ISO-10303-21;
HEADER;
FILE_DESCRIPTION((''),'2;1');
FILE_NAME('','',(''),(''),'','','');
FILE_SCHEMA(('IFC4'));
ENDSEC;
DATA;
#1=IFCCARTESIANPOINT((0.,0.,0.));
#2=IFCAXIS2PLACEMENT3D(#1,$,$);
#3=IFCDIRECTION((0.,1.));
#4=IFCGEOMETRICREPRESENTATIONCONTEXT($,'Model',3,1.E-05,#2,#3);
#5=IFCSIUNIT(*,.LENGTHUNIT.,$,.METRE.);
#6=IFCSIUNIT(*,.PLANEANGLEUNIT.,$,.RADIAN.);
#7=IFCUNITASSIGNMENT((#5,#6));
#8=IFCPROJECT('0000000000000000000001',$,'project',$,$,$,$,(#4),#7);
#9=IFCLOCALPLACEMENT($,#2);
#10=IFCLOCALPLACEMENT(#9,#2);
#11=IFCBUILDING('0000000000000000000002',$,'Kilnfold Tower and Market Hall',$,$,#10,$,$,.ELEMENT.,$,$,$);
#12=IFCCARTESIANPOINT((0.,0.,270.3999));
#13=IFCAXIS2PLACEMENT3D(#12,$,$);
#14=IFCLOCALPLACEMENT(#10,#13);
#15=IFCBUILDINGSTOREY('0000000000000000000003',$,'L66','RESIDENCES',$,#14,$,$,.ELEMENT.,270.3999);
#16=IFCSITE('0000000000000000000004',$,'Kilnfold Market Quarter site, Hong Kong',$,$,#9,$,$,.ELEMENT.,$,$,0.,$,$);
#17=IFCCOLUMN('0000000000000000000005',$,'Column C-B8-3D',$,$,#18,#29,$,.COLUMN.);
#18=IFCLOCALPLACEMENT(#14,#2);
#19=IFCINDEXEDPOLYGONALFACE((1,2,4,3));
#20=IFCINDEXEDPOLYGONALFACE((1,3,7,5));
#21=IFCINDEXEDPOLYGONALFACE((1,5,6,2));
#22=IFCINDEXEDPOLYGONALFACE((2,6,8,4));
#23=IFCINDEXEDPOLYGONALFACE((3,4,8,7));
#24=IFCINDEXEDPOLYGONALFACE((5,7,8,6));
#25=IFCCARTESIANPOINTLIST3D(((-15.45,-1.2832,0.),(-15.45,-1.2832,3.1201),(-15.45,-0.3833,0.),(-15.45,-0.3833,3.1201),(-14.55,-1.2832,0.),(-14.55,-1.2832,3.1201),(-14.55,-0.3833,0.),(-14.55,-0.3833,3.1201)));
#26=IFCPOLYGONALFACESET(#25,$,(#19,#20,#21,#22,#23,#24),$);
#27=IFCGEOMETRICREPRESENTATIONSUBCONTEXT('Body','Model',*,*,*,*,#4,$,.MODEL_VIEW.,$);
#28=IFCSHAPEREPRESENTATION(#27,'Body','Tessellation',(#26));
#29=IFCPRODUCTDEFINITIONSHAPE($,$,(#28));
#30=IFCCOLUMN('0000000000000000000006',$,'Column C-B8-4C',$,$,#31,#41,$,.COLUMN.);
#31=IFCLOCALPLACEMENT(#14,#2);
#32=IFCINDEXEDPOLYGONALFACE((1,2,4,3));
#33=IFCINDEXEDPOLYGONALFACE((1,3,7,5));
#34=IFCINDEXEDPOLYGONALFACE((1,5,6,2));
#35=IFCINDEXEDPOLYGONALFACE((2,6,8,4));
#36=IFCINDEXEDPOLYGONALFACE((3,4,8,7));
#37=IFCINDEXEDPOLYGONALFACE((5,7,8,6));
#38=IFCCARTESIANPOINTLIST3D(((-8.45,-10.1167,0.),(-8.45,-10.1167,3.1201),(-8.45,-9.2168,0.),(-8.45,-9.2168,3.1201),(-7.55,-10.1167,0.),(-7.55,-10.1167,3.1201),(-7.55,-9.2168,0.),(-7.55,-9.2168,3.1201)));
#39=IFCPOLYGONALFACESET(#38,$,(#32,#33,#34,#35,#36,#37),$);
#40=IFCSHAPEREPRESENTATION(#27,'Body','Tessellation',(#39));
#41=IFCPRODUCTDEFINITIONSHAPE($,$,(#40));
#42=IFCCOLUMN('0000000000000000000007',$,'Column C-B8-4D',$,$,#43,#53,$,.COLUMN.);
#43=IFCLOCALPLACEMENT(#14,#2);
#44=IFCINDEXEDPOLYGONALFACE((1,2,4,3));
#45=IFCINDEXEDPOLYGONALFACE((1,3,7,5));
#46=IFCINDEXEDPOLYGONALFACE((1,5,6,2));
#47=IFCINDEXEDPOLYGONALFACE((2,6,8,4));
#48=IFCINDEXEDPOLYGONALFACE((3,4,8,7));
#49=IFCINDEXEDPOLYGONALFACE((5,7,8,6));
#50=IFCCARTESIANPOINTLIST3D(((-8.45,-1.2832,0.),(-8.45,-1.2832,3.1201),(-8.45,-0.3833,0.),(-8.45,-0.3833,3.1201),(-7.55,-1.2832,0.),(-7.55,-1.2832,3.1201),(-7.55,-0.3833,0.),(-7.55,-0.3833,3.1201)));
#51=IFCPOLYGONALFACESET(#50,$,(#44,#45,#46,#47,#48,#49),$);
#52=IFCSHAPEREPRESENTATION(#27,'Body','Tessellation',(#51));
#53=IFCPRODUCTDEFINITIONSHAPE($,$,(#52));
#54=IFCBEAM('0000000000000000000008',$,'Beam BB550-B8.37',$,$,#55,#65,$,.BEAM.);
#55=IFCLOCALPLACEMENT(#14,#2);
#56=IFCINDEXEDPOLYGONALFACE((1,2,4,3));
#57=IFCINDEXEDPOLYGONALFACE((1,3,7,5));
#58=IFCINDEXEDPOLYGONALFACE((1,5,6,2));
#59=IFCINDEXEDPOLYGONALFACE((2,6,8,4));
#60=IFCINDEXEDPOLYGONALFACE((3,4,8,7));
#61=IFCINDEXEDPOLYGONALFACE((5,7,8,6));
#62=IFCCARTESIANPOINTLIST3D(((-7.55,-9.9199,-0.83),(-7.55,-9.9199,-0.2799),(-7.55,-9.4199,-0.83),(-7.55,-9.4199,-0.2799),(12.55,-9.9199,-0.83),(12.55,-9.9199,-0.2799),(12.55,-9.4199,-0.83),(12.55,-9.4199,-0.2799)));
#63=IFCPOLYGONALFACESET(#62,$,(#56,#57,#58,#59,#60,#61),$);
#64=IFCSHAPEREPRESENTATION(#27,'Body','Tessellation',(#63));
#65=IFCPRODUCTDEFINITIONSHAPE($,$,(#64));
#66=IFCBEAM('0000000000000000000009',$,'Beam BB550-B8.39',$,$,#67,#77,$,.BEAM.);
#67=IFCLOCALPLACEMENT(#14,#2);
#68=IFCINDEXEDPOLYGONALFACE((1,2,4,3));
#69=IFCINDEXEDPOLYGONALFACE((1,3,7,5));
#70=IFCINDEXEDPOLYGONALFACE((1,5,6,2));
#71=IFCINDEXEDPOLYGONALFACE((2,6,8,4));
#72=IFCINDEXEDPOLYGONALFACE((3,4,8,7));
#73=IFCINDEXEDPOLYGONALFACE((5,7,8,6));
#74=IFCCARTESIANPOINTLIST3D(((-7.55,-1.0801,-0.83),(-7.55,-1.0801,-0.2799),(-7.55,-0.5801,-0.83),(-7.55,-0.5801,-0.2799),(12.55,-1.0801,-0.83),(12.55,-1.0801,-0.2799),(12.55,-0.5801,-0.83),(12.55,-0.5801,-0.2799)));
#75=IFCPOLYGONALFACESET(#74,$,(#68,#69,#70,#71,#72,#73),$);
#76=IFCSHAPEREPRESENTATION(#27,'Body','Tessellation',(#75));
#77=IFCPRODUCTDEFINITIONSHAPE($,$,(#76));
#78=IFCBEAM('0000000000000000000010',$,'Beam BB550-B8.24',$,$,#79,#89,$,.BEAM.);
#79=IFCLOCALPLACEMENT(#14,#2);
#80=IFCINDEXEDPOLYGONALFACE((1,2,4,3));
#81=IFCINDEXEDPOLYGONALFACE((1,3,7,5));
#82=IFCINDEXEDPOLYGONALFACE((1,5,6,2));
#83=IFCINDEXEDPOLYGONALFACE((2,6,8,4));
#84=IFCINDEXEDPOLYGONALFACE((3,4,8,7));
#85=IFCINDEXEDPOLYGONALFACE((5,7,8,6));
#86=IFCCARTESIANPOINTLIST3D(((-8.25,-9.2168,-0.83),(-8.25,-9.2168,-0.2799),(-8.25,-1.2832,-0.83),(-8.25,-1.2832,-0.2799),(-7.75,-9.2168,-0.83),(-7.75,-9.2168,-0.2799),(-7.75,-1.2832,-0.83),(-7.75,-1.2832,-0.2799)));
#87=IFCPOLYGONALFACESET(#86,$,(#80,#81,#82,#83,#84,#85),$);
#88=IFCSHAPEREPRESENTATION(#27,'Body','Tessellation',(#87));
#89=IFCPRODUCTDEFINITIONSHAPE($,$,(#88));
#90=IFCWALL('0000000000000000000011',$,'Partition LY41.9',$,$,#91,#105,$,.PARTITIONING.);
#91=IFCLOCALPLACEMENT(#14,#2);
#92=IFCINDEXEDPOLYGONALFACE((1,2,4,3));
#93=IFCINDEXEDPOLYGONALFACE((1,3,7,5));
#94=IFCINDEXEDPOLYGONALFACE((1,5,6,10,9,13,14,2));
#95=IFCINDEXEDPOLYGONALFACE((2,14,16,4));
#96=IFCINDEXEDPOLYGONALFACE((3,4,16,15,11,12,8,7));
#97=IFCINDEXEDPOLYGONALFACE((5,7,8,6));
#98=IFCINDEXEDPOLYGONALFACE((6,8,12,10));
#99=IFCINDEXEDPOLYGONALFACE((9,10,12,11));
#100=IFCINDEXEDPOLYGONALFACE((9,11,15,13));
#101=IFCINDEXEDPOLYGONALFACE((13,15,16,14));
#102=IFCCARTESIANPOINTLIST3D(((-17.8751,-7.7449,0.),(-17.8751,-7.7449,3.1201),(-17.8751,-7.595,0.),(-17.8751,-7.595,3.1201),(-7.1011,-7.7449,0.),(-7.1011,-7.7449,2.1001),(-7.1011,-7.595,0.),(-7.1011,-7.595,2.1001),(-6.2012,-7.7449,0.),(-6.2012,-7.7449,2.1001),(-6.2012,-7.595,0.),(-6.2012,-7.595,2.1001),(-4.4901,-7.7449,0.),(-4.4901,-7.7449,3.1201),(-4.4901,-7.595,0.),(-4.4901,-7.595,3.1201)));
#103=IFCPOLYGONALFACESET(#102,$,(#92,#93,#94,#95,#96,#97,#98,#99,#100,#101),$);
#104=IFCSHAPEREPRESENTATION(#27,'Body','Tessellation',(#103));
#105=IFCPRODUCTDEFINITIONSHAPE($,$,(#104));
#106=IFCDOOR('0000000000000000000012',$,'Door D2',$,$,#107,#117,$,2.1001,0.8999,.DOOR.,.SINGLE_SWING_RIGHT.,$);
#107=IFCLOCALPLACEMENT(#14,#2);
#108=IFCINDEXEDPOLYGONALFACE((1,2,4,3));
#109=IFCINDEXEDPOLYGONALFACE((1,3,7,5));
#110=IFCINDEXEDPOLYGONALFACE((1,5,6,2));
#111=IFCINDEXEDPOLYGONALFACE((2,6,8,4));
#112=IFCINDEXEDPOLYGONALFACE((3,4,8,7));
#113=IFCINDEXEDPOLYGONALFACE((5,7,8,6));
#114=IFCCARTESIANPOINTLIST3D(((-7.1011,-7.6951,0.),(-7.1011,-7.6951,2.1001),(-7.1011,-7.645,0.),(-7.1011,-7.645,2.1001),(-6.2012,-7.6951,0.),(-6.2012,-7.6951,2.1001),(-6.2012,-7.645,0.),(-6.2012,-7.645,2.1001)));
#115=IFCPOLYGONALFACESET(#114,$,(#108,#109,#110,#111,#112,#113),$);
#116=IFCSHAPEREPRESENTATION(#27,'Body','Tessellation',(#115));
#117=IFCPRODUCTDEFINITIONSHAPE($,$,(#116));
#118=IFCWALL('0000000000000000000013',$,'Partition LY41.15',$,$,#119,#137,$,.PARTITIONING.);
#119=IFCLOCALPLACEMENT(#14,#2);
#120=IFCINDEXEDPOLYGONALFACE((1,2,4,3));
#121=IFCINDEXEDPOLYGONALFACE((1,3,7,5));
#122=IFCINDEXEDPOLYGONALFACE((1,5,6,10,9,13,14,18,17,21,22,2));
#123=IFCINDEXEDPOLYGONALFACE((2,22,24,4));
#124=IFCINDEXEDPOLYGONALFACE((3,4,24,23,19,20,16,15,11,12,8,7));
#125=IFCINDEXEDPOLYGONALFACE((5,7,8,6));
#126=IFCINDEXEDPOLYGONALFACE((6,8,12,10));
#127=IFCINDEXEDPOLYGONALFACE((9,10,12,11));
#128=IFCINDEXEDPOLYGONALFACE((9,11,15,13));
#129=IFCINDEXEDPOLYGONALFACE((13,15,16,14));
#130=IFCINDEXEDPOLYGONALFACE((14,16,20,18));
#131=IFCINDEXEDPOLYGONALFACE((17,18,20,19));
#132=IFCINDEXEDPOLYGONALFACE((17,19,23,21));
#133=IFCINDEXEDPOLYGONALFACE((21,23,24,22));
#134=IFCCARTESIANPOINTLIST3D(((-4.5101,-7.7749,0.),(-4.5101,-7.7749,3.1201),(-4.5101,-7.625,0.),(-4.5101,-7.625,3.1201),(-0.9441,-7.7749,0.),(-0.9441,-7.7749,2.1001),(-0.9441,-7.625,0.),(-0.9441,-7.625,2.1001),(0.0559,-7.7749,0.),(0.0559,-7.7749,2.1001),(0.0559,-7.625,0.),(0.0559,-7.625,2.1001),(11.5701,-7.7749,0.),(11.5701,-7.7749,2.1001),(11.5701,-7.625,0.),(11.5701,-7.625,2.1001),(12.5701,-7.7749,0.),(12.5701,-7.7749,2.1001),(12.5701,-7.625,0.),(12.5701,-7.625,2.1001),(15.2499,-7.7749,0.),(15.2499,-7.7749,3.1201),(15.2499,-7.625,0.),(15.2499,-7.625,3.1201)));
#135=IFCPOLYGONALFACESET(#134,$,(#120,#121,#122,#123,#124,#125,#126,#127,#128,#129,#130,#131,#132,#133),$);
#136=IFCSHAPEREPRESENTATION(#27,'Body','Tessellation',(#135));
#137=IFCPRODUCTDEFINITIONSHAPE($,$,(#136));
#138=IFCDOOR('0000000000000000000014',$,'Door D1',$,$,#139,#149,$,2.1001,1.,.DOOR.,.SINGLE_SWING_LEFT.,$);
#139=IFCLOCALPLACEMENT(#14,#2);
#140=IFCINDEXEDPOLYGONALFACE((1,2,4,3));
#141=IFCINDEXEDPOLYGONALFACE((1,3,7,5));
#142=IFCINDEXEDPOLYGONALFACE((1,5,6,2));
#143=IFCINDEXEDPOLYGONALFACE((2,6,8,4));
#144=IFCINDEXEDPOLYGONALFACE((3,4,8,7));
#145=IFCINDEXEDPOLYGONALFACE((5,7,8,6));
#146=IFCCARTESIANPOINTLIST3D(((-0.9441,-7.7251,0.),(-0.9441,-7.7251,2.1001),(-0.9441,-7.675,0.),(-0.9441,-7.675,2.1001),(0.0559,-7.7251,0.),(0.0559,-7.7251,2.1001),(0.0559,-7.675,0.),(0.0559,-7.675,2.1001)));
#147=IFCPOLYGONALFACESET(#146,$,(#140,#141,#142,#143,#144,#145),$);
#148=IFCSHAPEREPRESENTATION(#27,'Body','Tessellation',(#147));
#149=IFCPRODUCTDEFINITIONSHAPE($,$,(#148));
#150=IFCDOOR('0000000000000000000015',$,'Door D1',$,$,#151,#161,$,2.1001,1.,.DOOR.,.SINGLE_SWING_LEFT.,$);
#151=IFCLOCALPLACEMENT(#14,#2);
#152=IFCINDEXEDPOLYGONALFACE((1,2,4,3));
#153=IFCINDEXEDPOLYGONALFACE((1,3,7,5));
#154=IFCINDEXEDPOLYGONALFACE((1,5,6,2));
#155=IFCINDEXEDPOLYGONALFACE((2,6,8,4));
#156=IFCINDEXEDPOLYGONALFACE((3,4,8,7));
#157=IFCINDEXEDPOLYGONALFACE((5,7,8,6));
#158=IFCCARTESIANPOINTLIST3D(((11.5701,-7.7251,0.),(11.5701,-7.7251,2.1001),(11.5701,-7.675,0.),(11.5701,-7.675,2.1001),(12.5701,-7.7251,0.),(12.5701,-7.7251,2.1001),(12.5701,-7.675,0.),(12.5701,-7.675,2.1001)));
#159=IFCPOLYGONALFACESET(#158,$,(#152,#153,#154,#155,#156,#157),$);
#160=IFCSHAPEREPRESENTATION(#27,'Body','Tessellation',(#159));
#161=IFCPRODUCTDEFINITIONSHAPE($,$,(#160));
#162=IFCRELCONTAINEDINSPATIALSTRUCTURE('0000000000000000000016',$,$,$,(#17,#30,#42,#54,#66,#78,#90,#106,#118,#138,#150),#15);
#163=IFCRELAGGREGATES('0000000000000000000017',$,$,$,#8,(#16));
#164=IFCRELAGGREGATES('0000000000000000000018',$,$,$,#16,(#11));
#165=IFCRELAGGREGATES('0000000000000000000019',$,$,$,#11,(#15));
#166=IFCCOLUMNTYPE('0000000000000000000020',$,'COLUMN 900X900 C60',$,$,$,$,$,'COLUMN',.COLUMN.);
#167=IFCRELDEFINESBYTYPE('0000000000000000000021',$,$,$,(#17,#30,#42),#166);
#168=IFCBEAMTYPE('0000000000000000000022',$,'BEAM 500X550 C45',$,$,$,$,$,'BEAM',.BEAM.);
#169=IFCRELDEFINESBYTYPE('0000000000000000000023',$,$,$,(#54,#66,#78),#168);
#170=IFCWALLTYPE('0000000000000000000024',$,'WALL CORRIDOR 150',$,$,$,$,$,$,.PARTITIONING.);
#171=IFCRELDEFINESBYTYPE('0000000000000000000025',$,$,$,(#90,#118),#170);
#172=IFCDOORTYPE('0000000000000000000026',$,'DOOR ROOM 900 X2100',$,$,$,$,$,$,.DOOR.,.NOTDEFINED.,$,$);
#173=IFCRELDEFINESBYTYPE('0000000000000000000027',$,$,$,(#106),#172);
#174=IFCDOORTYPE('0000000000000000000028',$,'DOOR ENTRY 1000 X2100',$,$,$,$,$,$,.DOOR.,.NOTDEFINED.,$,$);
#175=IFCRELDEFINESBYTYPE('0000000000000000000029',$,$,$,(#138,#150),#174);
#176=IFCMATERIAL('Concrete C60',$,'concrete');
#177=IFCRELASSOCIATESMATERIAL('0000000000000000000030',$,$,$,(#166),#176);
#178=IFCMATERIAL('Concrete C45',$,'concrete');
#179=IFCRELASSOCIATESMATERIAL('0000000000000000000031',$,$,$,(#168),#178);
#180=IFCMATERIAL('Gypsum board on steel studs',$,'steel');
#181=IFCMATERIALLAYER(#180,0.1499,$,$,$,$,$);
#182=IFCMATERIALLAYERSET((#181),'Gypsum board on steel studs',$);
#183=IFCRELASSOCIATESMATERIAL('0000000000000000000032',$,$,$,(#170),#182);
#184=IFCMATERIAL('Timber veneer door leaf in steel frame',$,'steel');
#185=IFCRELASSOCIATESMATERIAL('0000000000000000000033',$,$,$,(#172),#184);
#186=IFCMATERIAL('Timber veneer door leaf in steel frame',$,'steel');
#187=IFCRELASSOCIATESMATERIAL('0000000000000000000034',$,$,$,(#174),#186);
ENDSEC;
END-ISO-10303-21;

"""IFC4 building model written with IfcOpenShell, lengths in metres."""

from ifc_helpers import new_model, si_unit, direction, frame, frame_2d, origin, origin_2d, place, context, subcontext, project, spatial, rectangle, extrude, source, transform, mapped, material, layer, layer_set, material_profile, profile_set, type_object, element, fill, save


model = new_model("IFC4")

# Units and contexts
model_context = context("Model", 3, precision=1e-05, world=origin(), true_north=direction((0.0, 1.0)))
body_context = subcontext(model_context, "Body", "Model", "MODEL_VIEW")
ifc_project = project(units=[si_unit("LENGTHUNIT", "METRE"), si_unit("PLANEANGLEUNIT", "RADIAN")], contexts=[model_context])

# Site, building, storey
site_placement = place(None, origin())
site = spatial("IfcSite", under=ifc_project, at=site_placement, Name="Kilnfold Market Quarter site, Hong Kong", CompositionType="ELEMENT", RefElevation=0.0)
building_placement = place(site_placement, origin())
building = spatial("IfcBuilding", under=site, at=building_placement, Name="Kilnfold Tower and Market Hall", CompositionType="ELEMENT")
storey_placement = place(building_placement, frame((0.0, 0.0, 270.3999)))
storey = spatial("IfcBuildingStorey", under=building, at=storey_placement, Name="L66", Description="RESIDENCES", CompositionType="ELEMENT", Elevation=270.3999)

# Columns
ifc_material_1 = material(Name="Concrete C60", Category="concrete")
ifc_material_profile_1 = material_profile(ifc_material_1, rectangle(XDim=0.8999, YDim=0.8999, at=origin_2d()), Name="RC 900x900")
ifc_profile_set_1 = profile_set([ifc_material_profile_1], Name="Concrete C60")
column_type = type_object("IfcColumnType", Name="COLUMN 900X900 C60", ElementType="COLUMN", PredefinedType="COLUMN", material=ifc_profile_set_1)
shared_shape_1 = source(origin(), body_context, "Body", "SweptSolid", [
    extrude(rectangle(XDim=0.8999, YDim=0.8999, at=origin_2d()), origin(), (0.0, 0.0, 1.0), 3.1201),
])
for number, where, z_axis, x_axis, name in (
    (1, (-15.0, -0.8333, 0.0), (0.0, 0.0, 1.0), (1.0, 0.0, 0.0), "Column C-B8-3D"),
    (2, (-8.0, -9.6667, 0.0), (0.0, 0.0, 1.0), (1.0, 0.0, 0.0), "Column C-B8-4C"),
    (3, (-8.0, -0.8333, 0.0), (0.0, 0.0, 1.0), (1.0, 0.0, 0.0), "Column C-B8-4D"),
):
    element("IfcColumn", number, at=place(storey_placement, frame(where, z_axis=z_axis, x_axis=x_axis)), inside=storey, type_object=column_type, Name=name, PredefinedType="COLUMN", context=body_context, shape_type="MappedRepresentation", body=[
        mapped(shared_shape_1, transform((0.0, 0.0, 0.0))),
    ])

# Beams
ifc_material_2 = material(Name="Concrete C45", Category="concrete")
ifc_material_profile_2 = material_profile(ifc_material_2, rectangle(XDim=0.5, YDim=0.55, at=origin_2d()), Name="RC 500x550")
ifc_profile_set_2 = profile_set([ifc_material_profile_2], Name="Concrete C45")
beam_type = type_object("IfcBeamType", Name="BEAM 500X550 C45", ElementType="BEAM", PredefinedType="BEAM", material=ifc_profile_set_2)
shared_shape_2 = source(origin(), body_context, "Body", "SweptSolid", [
    extrude(rectangle(XDim=0.5, YDim=0.55, at=origin_2d()), origin(), (0.0, 0.0, 1.0), 20.1001),
])
for number, where, z_axis, x_axis, name in (
    (4, (-7.55, -9.6699, -0.5549), (1.0, 0.0, 0.0), (0.0, 1.0, 0.0), "Beam BB550-B8.37"),
    (5, (-7.55, -0.8301, -0.5549), (1.0, 0.0, 0.0), (0.0, 1.0, 0.0), "Beam BB550-B8.39"),
):
    element("IfcBeam", number, at=place(storey_placement, frame(where, z_axis=z_axis, x_axis=x_axis)), inside=storey, type_object=beam_type, Name=name, PredefinedType="BEAM", context=body_context, shape_type="MappedRepresentation", body=[
        mapped(shared_shape_2, transform((0.0, 0.0, 0.0))),
    ])
shared_shape_3 = source(origin(), body_context, "Body", "SweptSolid", [
    extrude(rectangle(XDim=0.5, YDim=0.55, at=origin_2d()), origin(), (0.0, 0.0, 1.0), 7.9336),
])
beam_placement = place(storey_placement, frame((-8.0, -9.2168, -0.5549), z_axis=(0.0, 1.0, 0.0), x_axis=(-1.0, 0.0, 0.0)))
element("IfcBeam", 6, at=beam_placement, inside=storey, type_object=beam_type, Name="Beam BB550-B8.24", PredefinedType="BEAM", context=body_context, shape_type="MappedRepresentation", body=[
    mapped(shared_shape_3, transform((0.0, 0.0, 0.0))),
])

# Wall, opening, door
ifc_material_3 = material(Name="Gypsum board on steel studs", Category="steel")
ifc_layer_1 = layer(ifc_material_3, 0.1499)
ifc_layer_set_1 = layer_set([ifc_layer_1], Name="Gypsum board on steel studs")
wall_type_1 = type_object("IfcWallType", Name="WALL CORRIDOR 150", PredefinedType="PARTITIONING", material=ifc_layer_set_1)
wall_1_placement = place(storey_placement, frame((-17.875, -7.6699, 0.0), z_axis=(0.0, 0.0, 1.0), x_axis=(1.0, 0.0, 0.0)))
wall_1 = element("IfcWall", 7, at=wall_1_placement, inside=storey, type_object=wall_type_1, Name="Partition LY41.9", PredefinedType="PARTITIONING", context=body_context, shape_type="SweptSolid", body=[
    extrude(rectangle(XDim=13.385, YDim=0.1499, at=frame_2d((6.6924, 0.0))), origin(), (0.0, 0.0, 1.0), 3.1201),
])
opening_1_placement = place(wall_1_placement, frame((10.7739, 0.0, 0.0)))
opening_1 = element("IfcOpeningElement", 8, at=opening_1_placement, cuts=wall_1, PredefinedType="OPENING", context=body_context, shape_type="SweptSolid", body=[
    extrude(rectangle(XDim=0.8999, YDim=2.1001, at=frame_2d((0.45, 1.05))), frame((0.0, 0.085, 0.0), z_axis=(0.0, -1.0, 0.0), x_axis=(1.0, 0.0, 0.0)), (0.0, 0.0, 1.0), 0.1699),
])
ifc_material_4 = material(Name="Timber veneer door leaf in steel frame", Category="steel")
door_type_1 = type_object("IfcDoorType", Name="DOOR ROOM 900 X2100", OperationType="NOTDEFINED", PredefinedType="DOOR", material=ifc_material_4)
door_1_placement = place(opening_1_placement, origin())
door_1 = element("IfcDoor", 9, at=door_1_placement, inside=storey, type_object=door_type_1, Name="Door D2", OperationType="SINGLE_SWING_RIGHT", OverallHeight=2.1001, OverallWidth=0.8999, PredefinedType="DOOR", context=body_context, shape_type="SweptSolid", body=[
    extrude(rectangle(XDim=0.8999, YDim=2.1001, at=frame_2d((0.45, 1.05))), frame((0.0, 0.0249, 0.0), z_axis=(0.0, -1.0, 0.0), x_axis=(1.0, 0.0, 0.0)), (0.0, 0.0, 1.0), 0.05),
])
fill(opening_1, door_1)

# Wall, openings, doors
wall_2_placement = place(storey_placement, frame((-4.51, -7.7, 0.0), z_axis=(0.0, 0.0, 1.0), x_axis=(1.0, 0.0, 0.0)))
wall_2 = element("IfcWall", 10, at=wall_2_placement, inside=storey, type_object=wall_type_1, Name="Partition LY41.15", PredefinedType="PARTITIONING", context=body_context, shape_type="SweptSolid", body=[
    extrude(rectangle(XDim=19.76, YDim=0.1499, at=frame_2d((9.8799, 0.0))), origin(), (0.0, 0.0, 1.0), 3.1201),
])
opening_2_placement = place(wall_2_placement, frame((3.5659, 0.0, 0.0)))
opening_2 = element("IfcOpeningElement", 11, at=opening_2_placement, cuts=wall_2, PredefinedType="OPENING", context=body_context, shape_type="SweptSolid", body=[
    extrude(rectangle(XDim=1.0, YDim=2.1001, at=frame_2d((0.5, 1.05))), frame((0.0, 0.085, 0.0), z_axis=(0.0, -1.0, 0.0), x_axis=(1.0, 0.0, 0.0)), (0.0, 0.0, 1.0), 0.1699),
])
opening_3_placement = place(wall_2_placement, frame((16.0801, 0.0, 0.0)))
opening_3 = element("IfcOpeningElement", 12, at=opening_3_placement, cuts=wall_2, PredefinedType="OPENING", context=body_context, shape_type="SweptSolid", body=[
    extrude(rectangle(XDim=1.0, YDim=2.1001, at=frame_2d((0.5, 1.05))), frame((0.0, 0.085, 0.0), z_axis=(0.0, -1.0, 0.0), x_axis=(1.0, 0.0, 0.0)), (0.0, 0.0, 1.0), 0.1699),
])
ifc_material_5 = material(Name="Timber veneer door leaf in steel frame", Category="steel")
door_type_2 = type_object("IfcDoorType", Name="DOOR ENTRY 1000 X2100", OperationType="NOTDEFINED", PredefinedType="DOOR", material=ifc_material_5)
door_2_placement = place(opening_2_placement, origin())
door_2 = element("IfcDoor", 13, at=door_2_placement, inside=storey, type_object=door_type_2, Name="Door D1", OperationType="SINGLE_SWING_LEFT", OverallHeight=2.1001, OverallWidth=1.0, PredefinedType="DOOR", context=body_context, shape_type="SweptSolid", body=[
    extrude(rectangle(XDim=1.0, YDim=2.1001, at=frame_2d((0.5, 1.05))), frame((0.0, 0.0249, 0.0), z_axis=(0.0, -1.0, 0.0), x_axis=(1.0, 0.0, 0.0)), (0.0, 0.0, 1.0), 0.05),
])
fill(opening_2, door_2)
door_3_placement = place(opening_3_placement, origin())
door_3 = element("IfcDoor", 14, at=door_3_placement, inside=storey, type_object=door_type_2, Name="Door D1", OperationType="SINGLE_SWING_LEFT", OverallHeight=2.1001, OverallWidth=1.0, PredefinedType="DOOR", context=body_context, shape_type="SweptSolid", body=[
    extrude(rectangle(XDim=1.0, YDim=2.1001, at=frame_2d((0.5, 1.05))), frame((0.0, 0.0249, 0.0), z_axis=(0.0, -1.0, 0.0), x_axis=(1.0, 0.0, 0.0)), (0.0, 0.0, 1.0), 0.05),
])
fill(opening_3, door_3)

save(model, "model.ifc")
